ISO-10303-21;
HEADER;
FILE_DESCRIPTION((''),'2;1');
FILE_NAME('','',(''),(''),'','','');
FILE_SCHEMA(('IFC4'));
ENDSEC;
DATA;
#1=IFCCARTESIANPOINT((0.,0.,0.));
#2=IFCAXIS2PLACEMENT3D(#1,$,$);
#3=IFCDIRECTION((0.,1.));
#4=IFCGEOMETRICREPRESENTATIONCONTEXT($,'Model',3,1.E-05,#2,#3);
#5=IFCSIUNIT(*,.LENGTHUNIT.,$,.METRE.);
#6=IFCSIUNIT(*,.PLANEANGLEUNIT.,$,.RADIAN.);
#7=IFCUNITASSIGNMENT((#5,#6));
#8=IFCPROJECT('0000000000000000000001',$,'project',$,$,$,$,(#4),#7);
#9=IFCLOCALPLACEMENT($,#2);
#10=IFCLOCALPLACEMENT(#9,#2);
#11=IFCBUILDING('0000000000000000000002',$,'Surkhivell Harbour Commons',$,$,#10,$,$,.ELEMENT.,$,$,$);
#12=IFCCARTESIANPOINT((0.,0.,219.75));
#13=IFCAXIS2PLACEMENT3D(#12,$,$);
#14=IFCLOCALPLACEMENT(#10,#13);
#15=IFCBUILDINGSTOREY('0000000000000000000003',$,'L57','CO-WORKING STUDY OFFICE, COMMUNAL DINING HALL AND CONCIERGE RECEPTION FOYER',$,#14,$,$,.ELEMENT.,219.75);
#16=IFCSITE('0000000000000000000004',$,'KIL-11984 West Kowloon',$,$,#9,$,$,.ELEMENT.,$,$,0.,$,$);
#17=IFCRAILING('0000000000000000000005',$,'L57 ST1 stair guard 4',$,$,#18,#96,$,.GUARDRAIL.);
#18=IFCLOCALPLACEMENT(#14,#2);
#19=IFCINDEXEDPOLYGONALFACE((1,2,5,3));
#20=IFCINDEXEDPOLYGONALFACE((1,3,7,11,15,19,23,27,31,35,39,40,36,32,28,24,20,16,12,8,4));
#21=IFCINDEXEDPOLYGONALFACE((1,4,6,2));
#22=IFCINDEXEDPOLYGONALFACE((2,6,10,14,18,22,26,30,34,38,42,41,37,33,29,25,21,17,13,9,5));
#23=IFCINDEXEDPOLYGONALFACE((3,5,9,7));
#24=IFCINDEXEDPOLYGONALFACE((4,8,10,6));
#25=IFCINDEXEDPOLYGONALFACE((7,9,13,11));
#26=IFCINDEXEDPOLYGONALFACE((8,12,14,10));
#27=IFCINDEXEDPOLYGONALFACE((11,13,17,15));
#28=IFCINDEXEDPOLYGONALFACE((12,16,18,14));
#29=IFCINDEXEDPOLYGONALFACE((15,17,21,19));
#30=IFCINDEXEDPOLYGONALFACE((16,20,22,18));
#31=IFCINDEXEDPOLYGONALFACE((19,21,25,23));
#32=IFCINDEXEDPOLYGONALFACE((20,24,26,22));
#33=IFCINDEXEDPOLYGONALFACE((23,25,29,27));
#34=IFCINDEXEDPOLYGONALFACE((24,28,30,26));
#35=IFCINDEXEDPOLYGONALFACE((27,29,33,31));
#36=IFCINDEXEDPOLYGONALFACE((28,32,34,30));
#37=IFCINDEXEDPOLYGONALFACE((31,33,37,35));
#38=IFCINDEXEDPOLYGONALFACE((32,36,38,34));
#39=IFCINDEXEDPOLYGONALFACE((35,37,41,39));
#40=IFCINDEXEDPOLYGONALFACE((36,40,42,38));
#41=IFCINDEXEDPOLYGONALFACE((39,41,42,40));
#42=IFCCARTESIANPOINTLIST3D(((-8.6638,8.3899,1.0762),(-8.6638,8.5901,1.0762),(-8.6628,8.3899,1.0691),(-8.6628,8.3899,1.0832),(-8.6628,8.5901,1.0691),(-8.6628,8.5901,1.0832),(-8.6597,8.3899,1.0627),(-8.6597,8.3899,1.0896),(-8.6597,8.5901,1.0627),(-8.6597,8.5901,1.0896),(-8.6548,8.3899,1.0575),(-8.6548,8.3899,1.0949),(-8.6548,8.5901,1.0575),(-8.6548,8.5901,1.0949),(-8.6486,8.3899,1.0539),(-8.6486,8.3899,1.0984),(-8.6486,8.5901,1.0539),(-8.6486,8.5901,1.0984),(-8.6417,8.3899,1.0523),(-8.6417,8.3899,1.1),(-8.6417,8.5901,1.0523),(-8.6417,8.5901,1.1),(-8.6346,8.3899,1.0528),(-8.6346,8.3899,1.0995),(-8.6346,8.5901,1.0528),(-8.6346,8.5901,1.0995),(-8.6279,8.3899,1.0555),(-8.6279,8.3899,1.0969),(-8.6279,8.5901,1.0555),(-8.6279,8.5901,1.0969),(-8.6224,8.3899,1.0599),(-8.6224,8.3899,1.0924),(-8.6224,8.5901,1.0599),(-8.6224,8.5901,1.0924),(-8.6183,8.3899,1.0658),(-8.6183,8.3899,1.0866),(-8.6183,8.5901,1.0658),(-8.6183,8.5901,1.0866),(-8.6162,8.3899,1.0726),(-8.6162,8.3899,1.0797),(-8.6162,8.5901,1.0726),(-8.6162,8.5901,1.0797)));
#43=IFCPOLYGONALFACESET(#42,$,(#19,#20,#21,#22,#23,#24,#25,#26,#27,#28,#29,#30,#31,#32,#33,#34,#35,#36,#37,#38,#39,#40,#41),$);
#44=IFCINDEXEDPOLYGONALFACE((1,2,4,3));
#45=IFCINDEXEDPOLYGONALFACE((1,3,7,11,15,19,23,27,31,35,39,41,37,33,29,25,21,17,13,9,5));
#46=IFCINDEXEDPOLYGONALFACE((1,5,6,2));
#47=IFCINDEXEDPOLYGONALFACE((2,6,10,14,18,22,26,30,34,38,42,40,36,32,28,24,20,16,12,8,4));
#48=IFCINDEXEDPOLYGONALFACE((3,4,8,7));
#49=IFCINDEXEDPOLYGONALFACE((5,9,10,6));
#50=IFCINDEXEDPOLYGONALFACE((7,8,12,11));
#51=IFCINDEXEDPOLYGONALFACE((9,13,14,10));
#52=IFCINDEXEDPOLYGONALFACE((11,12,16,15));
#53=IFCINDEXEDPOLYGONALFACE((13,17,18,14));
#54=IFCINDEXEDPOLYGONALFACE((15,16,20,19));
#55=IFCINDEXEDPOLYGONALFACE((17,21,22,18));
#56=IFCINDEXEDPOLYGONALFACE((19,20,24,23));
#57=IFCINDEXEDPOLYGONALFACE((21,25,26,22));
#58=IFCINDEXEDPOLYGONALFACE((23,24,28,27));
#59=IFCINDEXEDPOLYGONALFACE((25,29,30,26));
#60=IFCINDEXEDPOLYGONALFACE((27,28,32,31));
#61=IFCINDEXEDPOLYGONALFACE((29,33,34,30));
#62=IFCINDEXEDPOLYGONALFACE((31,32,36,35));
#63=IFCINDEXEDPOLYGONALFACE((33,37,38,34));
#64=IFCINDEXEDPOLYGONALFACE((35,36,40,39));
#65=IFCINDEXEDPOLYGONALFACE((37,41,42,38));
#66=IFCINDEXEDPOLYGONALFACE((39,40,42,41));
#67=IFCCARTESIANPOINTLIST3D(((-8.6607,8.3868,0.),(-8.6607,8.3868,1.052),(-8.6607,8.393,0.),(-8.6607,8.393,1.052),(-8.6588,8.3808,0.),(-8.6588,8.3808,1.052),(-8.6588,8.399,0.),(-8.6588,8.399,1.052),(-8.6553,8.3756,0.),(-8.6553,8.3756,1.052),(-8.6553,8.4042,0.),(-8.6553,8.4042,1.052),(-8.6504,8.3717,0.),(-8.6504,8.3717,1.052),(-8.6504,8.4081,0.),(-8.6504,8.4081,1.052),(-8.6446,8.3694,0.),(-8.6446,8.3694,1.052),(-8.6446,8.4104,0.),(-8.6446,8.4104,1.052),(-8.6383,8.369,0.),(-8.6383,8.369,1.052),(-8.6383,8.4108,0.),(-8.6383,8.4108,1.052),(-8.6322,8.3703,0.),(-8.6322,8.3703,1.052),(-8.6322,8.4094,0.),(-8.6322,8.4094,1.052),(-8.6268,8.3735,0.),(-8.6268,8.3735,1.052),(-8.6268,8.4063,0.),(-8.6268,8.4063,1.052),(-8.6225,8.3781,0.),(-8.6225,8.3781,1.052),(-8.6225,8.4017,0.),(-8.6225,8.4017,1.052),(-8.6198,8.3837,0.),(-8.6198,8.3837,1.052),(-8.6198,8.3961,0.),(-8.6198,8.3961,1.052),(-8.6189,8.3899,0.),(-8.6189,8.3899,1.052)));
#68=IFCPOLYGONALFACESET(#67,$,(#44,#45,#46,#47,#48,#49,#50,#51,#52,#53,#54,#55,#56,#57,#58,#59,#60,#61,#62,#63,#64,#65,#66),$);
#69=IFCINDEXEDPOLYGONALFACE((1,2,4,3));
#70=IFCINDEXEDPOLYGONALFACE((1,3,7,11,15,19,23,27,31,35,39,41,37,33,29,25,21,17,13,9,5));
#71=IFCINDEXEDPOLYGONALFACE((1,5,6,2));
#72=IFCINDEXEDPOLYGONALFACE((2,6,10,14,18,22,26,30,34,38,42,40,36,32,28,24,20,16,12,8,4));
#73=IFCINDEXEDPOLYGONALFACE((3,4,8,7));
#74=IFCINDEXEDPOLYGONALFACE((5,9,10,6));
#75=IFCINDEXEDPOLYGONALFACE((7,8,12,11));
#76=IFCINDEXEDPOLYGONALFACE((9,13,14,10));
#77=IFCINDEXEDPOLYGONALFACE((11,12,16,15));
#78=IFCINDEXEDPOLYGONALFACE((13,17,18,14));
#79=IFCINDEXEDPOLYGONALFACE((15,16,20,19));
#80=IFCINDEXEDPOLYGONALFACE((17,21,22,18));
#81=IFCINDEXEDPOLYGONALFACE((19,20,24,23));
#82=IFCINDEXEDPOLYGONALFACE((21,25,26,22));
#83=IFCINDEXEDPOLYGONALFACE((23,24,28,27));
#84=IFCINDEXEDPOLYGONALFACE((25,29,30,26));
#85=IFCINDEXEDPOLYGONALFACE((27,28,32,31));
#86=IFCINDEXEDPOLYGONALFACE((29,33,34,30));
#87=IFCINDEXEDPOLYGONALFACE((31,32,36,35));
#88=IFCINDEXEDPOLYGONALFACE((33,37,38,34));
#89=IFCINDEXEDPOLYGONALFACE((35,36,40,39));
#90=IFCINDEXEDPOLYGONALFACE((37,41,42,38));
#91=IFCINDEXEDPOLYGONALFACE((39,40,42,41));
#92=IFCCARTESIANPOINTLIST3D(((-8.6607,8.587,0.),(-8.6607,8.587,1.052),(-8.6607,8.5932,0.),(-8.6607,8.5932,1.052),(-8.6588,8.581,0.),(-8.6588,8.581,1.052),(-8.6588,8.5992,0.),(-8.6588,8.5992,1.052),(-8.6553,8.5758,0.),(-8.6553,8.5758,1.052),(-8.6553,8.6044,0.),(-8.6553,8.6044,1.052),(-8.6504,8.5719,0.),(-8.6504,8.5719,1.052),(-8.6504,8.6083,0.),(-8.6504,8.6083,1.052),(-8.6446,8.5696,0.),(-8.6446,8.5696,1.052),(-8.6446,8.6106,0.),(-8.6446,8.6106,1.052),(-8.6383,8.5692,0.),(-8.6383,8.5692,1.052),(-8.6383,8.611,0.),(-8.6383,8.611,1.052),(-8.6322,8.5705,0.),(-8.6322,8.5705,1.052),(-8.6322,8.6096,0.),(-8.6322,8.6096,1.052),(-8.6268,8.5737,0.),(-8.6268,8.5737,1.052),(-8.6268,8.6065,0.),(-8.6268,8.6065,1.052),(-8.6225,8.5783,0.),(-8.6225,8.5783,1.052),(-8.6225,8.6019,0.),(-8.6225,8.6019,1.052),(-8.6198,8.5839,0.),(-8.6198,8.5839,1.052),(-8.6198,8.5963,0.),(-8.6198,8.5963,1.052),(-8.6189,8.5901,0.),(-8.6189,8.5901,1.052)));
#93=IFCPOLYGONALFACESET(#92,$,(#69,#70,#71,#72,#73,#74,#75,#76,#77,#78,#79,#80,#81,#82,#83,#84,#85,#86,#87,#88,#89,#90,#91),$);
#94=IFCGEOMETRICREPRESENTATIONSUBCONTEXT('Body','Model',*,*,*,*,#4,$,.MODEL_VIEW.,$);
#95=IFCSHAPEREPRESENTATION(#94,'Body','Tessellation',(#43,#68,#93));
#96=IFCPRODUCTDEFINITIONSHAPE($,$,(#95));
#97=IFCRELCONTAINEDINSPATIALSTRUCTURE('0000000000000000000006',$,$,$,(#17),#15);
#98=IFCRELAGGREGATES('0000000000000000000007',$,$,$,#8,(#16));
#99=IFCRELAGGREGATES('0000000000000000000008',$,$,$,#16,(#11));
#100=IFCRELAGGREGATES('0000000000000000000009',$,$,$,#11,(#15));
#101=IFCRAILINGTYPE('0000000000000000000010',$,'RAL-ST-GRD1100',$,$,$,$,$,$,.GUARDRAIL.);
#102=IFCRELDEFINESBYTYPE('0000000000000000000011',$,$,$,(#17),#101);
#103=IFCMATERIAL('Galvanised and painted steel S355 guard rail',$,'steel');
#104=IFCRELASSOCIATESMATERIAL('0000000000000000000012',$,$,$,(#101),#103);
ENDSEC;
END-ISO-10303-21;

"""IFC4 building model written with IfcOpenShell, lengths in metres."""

from ifc_helpers import new_model, si_unit, direction, frame, origin, origin_2d, place, context, subcontext, project, spatial, circle, extrude, material, type_object, element, save


model = new_model("IFC4")

# Units and contexts
model_context = context("Model", 3, precision=1e-05, world=origin(), true_north=direction((0.0, 1.0)))
body_context = subcontext(model_context, "Body", "Model", "MODEL_VIEW")
ifc_project = project(units=[si_unit("LENGTHUNIT", "METRE"), si_unit("PLANEANGLEUNIT", "RADIAN")], contexts=[model_context])

# Site, building, storey
site_placement = place(None, origin())
site = spatial("IfcSite", under=ifc_project, at=site_placement, Name="KIL-11984 West Kowloon", CompositionType="ELEMENT", RefElevation=0.0)
building_placement = place(site_placement, origin())
building = spatial("IfcBuilding", under=site, at=building_placement, Name="Surkhivell Harbour Commons", CompositionType="ELEMENT")
storey_placement = place(building_placement, frame((0.0, 0.0, 219.75)))
storey = spatial("IfcBuildingStorey", under=building, at=storey_placement, Name="L57", Description="CO-WORKING STUDY OFFICE, COMMUNAL DINING HALL AND CONCIERGE RECEPTION FOYER", CompositionType="ELEMENT", Elevation=219.75)

# Railing
ifc_material_1 = material(Name="Galvanised and painted steel S355 guard rail", Category="steel")
railing_type_1 = type_object("IfcRailingType", Name="RAL-ST-GRD1100", PredefinedType="GUARDRAIL", material=ifc_material_1)
railing_1_placement = place(storey_placement, frame((-8.6399, 8.3899, 0.0)))
element("IfcRailing", 1, at=railing_1_placement, inside=storey, type_object=railing_type_1, Name="L57 ST1 stair guard 4", PredefinedType="GUARDRAIL", context=body_context, shape_type="SweptSolid", body=[
    extrude(circle(Radius=0.0239, at=origin_2d()), frame((0.0, 0.0, 1.0762), z_axis=(0.0, 1.0, 0.0), x_axis=(-1.0, 0.0, 0.0)), (0.0, 0.0, 1.0), 0.2002),
    extrude(circle(Radius=0.021, at=origin_2d()), origin(), (0.0, 0.0, 1.0), 1.052),
    extrude(circle(Radius=0.021, at=origin_2d()), frame((0.0, 0.2002, 0.0)), (0.0, 0.0, 1.0), 1.052),
])

save(model, "model.ifc")
